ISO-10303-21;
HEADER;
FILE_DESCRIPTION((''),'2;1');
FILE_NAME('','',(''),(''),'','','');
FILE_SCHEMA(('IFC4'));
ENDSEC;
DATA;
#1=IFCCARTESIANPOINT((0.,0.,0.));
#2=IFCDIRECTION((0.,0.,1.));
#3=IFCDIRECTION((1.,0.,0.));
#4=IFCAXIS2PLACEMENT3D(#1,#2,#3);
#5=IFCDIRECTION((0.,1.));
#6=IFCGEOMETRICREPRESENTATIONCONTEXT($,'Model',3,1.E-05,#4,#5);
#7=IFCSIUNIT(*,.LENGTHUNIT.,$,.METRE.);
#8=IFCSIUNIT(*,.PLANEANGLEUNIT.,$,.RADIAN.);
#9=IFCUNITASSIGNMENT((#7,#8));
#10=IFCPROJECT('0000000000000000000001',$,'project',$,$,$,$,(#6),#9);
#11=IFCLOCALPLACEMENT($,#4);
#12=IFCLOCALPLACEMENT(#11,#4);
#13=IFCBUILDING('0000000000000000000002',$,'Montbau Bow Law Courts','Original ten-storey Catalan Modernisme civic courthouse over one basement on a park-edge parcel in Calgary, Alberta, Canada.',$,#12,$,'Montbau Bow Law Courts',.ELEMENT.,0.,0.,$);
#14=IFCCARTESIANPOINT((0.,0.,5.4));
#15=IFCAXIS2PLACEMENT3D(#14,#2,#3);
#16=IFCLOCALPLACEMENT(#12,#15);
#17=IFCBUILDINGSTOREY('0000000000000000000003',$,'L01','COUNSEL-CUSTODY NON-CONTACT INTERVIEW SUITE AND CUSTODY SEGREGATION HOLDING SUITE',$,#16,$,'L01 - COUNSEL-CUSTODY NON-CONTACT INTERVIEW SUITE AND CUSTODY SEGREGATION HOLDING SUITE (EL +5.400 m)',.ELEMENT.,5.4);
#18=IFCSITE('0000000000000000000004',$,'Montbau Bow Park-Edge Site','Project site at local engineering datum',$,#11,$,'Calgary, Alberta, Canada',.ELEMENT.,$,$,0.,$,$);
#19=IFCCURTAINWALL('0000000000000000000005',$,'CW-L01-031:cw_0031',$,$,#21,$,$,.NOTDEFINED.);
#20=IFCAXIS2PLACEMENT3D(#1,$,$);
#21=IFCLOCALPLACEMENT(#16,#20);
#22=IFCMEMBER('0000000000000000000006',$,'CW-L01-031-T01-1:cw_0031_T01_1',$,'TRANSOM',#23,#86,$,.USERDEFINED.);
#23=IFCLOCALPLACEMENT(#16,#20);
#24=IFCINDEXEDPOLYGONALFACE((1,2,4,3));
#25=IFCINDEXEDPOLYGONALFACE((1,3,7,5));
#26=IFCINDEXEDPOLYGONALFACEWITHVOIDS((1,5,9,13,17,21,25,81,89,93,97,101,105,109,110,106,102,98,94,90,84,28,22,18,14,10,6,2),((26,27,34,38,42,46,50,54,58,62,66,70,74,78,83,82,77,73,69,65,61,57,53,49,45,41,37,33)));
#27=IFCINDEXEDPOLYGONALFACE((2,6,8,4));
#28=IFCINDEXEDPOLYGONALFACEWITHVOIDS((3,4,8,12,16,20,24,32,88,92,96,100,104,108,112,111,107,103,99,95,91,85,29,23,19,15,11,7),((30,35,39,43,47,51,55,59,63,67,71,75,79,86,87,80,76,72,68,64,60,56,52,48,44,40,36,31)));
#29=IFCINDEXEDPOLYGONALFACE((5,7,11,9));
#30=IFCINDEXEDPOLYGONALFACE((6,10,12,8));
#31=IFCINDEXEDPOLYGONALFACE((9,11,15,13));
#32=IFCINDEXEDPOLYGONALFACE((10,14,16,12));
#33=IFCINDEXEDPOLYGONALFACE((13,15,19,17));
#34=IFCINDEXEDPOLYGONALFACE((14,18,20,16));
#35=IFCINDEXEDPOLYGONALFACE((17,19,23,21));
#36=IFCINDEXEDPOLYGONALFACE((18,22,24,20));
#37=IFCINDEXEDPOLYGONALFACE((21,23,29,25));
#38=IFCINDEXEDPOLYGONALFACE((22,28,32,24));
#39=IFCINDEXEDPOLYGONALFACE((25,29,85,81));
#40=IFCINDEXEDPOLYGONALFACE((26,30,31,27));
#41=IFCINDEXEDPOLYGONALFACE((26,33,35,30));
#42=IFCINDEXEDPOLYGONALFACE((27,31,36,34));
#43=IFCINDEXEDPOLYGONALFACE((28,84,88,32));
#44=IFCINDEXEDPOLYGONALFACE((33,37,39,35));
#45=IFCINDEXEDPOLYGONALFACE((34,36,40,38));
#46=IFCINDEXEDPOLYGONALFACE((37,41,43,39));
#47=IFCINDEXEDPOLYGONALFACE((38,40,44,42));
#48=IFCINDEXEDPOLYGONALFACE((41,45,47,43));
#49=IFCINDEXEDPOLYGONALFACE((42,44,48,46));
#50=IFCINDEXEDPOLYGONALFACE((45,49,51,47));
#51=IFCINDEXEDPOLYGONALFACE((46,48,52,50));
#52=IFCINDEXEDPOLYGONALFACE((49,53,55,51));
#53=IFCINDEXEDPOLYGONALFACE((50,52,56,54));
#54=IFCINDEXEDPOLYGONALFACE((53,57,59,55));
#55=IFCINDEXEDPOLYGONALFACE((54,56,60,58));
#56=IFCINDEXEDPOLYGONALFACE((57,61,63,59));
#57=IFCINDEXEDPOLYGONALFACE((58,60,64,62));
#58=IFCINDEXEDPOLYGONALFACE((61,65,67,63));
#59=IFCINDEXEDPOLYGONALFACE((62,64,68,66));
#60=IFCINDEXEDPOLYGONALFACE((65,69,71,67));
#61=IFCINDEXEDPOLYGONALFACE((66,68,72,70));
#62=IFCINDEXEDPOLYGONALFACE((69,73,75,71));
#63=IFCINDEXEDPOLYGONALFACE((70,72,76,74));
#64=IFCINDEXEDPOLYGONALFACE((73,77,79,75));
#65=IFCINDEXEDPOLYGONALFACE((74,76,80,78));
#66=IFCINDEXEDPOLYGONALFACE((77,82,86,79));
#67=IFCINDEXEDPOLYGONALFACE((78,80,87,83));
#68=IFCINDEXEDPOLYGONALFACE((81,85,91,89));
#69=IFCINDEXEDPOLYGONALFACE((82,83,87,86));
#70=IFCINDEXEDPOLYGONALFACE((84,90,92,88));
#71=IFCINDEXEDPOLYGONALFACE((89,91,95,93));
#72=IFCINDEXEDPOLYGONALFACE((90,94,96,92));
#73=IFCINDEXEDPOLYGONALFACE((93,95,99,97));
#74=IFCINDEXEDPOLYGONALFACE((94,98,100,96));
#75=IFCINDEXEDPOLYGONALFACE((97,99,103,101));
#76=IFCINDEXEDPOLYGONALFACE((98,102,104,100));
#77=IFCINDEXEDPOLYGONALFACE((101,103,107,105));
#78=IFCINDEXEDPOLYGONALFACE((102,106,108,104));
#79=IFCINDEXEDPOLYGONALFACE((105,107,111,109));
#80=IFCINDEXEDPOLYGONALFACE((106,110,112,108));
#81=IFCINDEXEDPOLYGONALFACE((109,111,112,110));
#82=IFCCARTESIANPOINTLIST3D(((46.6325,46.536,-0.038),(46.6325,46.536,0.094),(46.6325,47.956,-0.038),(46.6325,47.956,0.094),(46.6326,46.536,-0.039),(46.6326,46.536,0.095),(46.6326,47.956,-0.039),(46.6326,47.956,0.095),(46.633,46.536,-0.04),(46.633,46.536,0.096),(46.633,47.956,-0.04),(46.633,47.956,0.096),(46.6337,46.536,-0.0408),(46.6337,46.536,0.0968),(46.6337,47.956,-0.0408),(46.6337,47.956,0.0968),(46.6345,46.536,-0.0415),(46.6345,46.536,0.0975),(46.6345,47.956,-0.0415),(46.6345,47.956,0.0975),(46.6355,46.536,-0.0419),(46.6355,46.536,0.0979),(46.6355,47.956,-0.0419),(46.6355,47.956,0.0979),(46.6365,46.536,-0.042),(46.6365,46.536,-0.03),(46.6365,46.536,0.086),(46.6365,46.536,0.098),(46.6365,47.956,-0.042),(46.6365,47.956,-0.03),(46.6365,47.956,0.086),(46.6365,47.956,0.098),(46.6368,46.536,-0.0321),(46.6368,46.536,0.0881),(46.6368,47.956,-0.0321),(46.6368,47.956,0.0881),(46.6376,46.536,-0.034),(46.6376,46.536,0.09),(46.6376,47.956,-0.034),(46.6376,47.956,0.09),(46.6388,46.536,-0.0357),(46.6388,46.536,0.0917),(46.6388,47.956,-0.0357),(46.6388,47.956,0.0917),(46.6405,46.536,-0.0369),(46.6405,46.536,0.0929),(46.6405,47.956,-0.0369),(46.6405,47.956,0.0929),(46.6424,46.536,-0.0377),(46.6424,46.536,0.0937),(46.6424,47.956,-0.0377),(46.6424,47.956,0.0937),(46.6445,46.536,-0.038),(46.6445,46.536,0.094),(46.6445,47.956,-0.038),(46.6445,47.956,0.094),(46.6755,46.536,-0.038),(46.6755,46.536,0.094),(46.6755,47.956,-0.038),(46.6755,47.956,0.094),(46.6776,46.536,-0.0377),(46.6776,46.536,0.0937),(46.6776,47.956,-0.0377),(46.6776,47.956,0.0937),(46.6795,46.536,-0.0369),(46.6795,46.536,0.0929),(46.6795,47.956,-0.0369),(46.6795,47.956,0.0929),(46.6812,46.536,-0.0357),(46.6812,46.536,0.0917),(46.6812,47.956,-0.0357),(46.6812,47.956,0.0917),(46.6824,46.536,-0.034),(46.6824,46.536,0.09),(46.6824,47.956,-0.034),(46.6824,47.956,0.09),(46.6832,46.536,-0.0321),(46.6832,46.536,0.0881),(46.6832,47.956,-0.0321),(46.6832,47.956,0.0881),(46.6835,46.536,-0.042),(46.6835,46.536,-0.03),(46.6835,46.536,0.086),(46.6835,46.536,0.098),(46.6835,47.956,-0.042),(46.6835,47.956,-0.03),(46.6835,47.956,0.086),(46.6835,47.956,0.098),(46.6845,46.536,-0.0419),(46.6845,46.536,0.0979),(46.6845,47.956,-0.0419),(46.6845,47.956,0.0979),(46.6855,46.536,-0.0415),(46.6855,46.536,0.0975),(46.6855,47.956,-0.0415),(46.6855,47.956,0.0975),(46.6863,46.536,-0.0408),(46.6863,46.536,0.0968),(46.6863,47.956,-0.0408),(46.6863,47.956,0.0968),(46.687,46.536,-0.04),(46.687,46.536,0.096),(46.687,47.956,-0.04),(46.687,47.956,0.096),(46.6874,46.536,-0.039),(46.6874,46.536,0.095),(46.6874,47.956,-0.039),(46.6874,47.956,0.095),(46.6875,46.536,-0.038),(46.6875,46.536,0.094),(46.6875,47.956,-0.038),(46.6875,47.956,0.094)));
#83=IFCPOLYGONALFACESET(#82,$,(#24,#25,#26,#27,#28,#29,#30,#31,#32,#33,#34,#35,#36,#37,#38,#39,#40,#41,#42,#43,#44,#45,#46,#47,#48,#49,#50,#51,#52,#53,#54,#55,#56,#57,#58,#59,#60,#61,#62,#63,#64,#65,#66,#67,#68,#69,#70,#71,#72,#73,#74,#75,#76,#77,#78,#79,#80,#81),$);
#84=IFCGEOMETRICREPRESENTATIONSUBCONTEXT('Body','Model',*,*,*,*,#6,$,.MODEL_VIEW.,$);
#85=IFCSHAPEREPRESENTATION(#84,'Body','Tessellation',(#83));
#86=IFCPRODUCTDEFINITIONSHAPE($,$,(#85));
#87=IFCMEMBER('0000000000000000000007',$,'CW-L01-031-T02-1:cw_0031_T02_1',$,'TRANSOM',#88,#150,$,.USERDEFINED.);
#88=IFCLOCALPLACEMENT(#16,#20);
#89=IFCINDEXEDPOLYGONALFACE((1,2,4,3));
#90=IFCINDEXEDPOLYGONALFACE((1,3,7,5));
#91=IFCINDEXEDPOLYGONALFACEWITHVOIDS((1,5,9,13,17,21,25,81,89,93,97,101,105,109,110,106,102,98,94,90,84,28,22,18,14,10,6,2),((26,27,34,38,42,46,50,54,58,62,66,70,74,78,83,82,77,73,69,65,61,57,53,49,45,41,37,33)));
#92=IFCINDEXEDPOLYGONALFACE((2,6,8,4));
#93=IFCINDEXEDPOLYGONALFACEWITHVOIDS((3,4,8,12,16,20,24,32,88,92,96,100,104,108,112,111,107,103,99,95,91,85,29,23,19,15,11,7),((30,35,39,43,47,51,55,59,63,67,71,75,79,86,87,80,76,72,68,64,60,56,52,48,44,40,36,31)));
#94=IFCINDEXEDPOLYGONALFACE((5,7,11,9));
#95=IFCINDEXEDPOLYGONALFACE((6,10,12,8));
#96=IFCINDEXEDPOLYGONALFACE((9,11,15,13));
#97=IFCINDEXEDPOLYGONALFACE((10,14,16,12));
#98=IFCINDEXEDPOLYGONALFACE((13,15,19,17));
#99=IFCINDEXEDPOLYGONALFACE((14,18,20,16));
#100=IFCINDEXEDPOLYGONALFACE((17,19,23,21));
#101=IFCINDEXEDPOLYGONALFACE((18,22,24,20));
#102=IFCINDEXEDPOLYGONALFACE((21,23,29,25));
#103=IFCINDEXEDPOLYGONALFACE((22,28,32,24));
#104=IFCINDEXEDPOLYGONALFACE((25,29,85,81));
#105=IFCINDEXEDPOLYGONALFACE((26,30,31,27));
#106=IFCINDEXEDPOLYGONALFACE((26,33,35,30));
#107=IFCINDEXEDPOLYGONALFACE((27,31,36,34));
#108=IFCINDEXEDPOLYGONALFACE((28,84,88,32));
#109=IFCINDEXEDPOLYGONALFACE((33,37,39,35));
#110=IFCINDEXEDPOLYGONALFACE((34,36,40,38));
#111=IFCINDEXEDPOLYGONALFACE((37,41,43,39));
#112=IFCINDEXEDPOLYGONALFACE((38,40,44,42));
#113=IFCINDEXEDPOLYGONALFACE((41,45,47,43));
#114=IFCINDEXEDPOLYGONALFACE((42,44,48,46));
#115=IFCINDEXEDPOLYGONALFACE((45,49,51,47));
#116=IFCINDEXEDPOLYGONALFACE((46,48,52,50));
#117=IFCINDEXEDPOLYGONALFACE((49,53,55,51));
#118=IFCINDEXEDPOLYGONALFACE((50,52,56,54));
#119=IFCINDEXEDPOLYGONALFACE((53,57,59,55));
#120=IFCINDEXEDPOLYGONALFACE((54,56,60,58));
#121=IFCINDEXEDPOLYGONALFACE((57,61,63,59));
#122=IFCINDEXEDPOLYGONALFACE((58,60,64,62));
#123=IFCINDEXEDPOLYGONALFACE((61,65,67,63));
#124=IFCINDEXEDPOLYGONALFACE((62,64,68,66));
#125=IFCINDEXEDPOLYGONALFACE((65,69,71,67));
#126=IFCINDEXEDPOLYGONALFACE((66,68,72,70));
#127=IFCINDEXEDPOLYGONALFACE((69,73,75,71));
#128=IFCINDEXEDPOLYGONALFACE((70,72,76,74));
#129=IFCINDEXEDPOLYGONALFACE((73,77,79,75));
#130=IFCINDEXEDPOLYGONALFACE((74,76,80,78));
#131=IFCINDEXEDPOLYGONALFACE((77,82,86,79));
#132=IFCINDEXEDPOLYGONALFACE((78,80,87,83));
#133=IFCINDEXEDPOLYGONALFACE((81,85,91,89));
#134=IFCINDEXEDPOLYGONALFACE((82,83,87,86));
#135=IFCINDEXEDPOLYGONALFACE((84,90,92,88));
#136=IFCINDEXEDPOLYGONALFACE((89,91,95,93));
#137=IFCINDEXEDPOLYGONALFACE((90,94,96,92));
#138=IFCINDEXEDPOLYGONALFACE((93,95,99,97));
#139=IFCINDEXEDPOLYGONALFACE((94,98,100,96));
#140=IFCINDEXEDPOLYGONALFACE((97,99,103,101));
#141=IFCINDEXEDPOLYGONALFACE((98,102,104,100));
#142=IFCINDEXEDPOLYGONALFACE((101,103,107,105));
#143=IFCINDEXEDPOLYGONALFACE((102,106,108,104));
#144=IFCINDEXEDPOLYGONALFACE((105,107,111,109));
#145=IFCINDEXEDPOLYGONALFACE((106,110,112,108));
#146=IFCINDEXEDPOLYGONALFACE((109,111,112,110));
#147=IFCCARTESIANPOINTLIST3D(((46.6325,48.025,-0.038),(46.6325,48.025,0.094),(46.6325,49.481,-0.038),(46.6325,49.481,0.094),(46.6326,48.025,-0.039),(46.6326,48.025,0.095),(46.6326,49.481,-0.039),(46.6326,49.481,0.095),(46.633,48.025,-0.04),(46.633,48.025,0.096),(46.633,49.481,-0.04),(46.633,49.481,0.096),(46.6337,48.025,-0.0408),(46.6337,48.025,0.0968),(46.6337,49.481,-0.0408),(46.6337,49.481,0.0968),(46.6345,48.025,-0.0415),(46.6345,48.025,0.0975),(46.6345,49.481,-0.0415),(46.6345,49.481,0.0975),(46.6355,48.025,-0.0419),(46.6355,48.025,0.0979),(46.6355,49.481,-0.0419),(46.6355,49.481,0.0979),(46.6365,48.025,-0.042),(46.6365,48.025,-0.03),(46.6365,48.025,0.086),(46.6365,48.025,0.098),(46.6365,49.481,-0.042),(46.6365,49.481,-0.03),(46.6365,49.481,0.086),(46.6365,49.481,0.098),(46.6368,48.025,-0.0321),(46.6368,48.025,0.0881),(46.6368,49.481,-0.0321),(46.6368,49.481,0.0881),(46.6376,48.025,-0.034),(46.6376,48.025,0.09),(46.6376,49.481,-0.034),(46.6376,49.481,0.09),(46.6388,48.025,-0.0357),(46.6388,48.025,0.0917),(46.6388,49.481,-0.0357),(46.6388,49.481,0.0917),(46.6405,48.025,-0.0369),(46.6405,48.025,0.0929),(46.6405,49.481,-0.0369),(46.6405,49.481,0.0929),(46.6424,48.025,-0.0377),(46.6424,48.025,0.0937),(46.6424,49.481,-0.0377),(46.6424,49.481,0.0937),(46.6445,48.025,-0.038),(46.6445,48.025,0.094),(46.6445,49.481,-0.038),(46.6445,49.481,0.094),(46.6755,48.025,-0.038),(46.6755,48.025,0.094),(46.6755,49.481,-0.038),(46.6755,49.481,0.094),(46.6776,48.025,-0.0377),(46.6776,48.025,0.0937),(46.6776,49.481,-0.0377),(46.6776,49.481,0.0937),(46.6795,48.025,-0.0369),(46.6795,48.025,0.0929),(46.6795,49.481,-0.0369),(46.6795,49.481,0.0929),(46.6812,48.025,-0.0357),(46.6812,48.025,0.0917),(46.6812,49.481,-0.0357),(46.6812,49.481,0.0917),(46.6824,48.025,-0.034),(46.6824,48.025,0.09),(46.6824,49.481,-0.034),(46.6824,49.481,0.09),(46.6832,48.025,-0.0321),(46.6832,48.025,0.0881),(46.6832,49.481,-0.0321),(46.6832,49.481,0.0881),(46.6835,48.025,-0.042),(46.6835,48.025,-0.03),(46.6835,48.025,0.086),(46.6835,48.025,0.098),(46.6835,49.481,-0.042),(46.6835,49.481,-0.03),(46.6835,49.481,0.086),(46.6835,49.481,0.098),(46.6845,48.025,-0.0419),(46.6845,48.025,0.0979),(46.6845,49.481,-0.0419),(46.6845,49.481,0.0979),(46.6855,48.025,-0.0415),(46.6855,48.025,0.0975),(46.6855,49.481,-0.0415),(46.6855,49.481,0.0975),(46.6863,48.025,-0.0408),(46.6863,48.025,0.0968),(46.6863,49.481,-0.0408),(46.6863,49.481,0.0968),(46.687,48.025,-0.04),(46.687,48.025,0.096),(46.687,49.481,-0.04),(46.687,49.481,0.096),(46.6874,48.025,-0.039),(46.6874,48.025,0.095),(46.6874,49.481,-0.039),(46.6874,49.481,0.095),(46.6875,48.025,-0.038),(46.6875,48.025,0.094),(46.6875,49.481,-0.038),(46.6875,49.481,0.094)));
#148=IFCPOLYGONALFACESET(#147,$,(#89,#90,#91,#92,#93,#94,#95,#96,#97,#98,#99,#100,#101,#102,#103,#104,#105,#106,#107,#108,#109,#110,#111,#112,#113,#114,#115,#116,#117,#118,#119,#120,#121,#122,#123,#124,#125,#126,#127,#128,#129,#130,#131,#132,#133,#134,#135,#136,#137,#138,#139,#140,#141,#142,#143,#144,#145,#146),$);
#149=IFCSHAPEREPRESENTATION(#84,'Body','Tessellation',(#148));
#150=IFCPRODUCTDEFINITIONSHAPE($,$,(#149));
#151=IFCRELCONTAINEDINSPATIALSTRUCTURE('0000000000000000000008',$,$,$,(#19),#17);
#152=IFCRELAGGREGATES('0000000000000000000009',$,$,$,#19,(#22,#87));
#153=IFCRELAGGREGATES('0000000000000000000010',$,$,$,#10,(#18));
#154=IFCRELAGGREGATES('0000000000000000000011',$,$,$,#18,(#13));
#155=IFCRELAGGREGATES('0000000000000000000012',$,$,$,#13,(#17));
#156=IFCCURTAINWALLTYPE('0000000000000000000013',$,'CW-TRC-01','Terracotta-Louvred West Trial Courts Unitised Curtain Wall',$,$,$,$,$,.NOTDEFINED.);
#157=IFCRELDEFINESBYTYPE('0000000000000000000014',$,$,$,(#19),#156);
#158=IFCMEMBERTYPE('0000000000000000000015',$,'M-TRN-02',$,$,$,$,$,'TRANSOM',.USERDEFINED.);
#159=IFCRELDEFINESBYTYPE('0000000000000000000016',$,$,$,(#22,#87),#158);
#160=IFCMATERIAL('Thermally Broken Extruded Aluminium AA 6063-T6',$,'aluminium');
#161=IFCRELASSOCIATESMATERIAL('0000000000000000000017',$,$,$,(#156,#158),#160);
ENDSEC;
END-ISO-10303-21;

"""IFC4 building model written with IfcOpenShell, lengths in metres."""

from ifc_helpers import new_model, si_unit, direction, frame, origin_with_axes, origin_2d_with_axis, place, context, subcontext, project, spatial, hollow_rectangle, extrude, material, material_profile, profile_set, type_object, element, aggregate, save


model = new_model("IFC4")

# Units and contexts
model_context = context("Model", 3, precision=1e-05, world=origin_with_axes(), true_north=direction((0.0, 1.0)))
body_context = subcontext(model_context, "Body", "Model", "MODEL_VIEW")
ifc_project = project(units=[si_unit("LENGTHUNIT", "METRE"), si_unit("PLANEANGLEUNIT", "RADIAN")], contexts=[model_context])

# Site, building, storey
site_placement = place(None, origin_with_axes())
site = spatial("IfcSite", under=ifc_project, at=site_placement, Name="Montbau Bow Park-Edge Site", Description="Project site at local engineering datum", LongName="Calgary, Alberta, Canada", CompositionType="ELEMENT", RefElevation=0.0)
building_placement = place(site_placement, origin_with_axes())
building = spatial("IfcBuilding", under=site, at=building_placement, Name="Montbau Bow Law Courts", Description="Original ten-storey Catalan Modernisme civic courthouse over one basement on a park-edge parcel in Calgary, Alberta, Canada.", LongName="Montbau Bow Law Courts", CompositionType="ELEMENT", ElevationOfRefHeight=0.0, ElevationOfTerrain=0.0)
storey_placement = place(building_placement, frame((0.0, 0.0, 5.4), z_axis=(0.0, 0.0, 1.0), x_axis=(1.0, 0.0, 0.0)))
storey = spatial("IfcBuildingStorey", under=building, at=storey_placement, Name="L01", Description="COUNSEL-CUSTODY NON-CONTACT INTERVIEW SUITE AND CUSTODY SEGREGATION HOLDING SUITE", LongName="L01 - COUNSEL-CUSTODY NON-CONTACT INTERVIEW SUITE AND CUSTODY SEGREGATION HOLDING SUITE (EL +5.400 m)", CompositionType="ELEMENT", Elevation=5.4)

# Curtain wall
ifc_material_1 = material(Name="Thermally Broken Extruded Aluminium AA 6063-T6", Category="aluminium")
curtain_wall_type_1 = type_object("IfcCurtainWallType", Name="CW-TRC-01", Description="Terracotta-Louvred West Trial Courts Unitised Curtain Wall", PredefinedType="NOTDEFINED", material=ifc_material_1)
curtain_wall_1_placement = place(None, frame((46.66, 46.468, 5.4), z_axis=(0.0, 0.0, 1.0), x_axis=(1.0, 0.0, 0.0)))
curtain_wall_1 = element("IfcCurtainWall", 1, at=curtain_wall_1_placement, inside=storey, type_object=curtain_wall_type_1, Name="CW-L01-031:cw_0031", PredefinedType="NOTDEFINED")

# Members
ifc_material_profile_1 = material_profile(ifc_material_1, hollow_rectangle(XDim=0.055, YDim=0.14, WallThickness=0.004, InnerFilletRadius=0.008, OuterFilletRadius=0.004, at=origin_2d_with_axis()), Name="CWT-140X55", Category="Main", Priority=0)
ifc_profile_set_1 = profile_set([ifc_material_profile_1], Name="Thermally Broken Extruded Aluminium AA 6063-T6")
member_type_1 = type_object("IfcMemberType", Name="M-TRN-02", ElementType="TRANSOM", PredefinedType="USERDEFINED", material=ifc_profile_set_1)
member_1_placement = place(None, frame((46.66, 46.536, 5.428), z_axis=(0.0, 1.0, 0.0), x_axis=(-1.0, 0.0, 0.0)))
member_1 = element("IfcMember", 2, at=member_1_placement, type_object=member_type_1, Name="CW-L01-031-T01-1:cw_0031_T01_1", ObjectType="TRANSOM", PredefinedType="USERDEFINED", context=body_context, shape_type="SweptSolid", body=[
    extrude(hollow_rectangle(XDim=0.055, YDim=0.14, WallThickness=0.004, InnerFilletRadius=0.008, OuterFilletRadius=0.004, at=origin_2d_with_axis()), origin_with_axes(), (0.0, 0.0, 1.0), 1.42),
])
member_2_placement = place(None, frame((46.66, 48.025, 5.428), z_axis=(0.0, 1.0, 0.0), x_axis=(-1.0, 0.0, 0.0)))
member_2 = element("IfcMember", 3, at=member_2_placement, type_object=member_type_1, Name="CW-L01-031-T02-1:cw_0031_T02_1", ObjectType="TRANSOM", PredefinedType="USERDEFINED", context=body_context, shape_type="SweptSolid", body=[
    extrude(hollow_rectangle(XDim=0.055, YDim=0.14, WallThickness=0.004, InnerFilletRadius=0.008, OuterFilletRadius=0.004, at=origin_2d_with_axis()), origin_with_axes(), (0.0, 0.0, 1.0), 1.456),
])

aggregate(curtain_wall_1, [member_1, member_2])

save(model, "model.ifc")
